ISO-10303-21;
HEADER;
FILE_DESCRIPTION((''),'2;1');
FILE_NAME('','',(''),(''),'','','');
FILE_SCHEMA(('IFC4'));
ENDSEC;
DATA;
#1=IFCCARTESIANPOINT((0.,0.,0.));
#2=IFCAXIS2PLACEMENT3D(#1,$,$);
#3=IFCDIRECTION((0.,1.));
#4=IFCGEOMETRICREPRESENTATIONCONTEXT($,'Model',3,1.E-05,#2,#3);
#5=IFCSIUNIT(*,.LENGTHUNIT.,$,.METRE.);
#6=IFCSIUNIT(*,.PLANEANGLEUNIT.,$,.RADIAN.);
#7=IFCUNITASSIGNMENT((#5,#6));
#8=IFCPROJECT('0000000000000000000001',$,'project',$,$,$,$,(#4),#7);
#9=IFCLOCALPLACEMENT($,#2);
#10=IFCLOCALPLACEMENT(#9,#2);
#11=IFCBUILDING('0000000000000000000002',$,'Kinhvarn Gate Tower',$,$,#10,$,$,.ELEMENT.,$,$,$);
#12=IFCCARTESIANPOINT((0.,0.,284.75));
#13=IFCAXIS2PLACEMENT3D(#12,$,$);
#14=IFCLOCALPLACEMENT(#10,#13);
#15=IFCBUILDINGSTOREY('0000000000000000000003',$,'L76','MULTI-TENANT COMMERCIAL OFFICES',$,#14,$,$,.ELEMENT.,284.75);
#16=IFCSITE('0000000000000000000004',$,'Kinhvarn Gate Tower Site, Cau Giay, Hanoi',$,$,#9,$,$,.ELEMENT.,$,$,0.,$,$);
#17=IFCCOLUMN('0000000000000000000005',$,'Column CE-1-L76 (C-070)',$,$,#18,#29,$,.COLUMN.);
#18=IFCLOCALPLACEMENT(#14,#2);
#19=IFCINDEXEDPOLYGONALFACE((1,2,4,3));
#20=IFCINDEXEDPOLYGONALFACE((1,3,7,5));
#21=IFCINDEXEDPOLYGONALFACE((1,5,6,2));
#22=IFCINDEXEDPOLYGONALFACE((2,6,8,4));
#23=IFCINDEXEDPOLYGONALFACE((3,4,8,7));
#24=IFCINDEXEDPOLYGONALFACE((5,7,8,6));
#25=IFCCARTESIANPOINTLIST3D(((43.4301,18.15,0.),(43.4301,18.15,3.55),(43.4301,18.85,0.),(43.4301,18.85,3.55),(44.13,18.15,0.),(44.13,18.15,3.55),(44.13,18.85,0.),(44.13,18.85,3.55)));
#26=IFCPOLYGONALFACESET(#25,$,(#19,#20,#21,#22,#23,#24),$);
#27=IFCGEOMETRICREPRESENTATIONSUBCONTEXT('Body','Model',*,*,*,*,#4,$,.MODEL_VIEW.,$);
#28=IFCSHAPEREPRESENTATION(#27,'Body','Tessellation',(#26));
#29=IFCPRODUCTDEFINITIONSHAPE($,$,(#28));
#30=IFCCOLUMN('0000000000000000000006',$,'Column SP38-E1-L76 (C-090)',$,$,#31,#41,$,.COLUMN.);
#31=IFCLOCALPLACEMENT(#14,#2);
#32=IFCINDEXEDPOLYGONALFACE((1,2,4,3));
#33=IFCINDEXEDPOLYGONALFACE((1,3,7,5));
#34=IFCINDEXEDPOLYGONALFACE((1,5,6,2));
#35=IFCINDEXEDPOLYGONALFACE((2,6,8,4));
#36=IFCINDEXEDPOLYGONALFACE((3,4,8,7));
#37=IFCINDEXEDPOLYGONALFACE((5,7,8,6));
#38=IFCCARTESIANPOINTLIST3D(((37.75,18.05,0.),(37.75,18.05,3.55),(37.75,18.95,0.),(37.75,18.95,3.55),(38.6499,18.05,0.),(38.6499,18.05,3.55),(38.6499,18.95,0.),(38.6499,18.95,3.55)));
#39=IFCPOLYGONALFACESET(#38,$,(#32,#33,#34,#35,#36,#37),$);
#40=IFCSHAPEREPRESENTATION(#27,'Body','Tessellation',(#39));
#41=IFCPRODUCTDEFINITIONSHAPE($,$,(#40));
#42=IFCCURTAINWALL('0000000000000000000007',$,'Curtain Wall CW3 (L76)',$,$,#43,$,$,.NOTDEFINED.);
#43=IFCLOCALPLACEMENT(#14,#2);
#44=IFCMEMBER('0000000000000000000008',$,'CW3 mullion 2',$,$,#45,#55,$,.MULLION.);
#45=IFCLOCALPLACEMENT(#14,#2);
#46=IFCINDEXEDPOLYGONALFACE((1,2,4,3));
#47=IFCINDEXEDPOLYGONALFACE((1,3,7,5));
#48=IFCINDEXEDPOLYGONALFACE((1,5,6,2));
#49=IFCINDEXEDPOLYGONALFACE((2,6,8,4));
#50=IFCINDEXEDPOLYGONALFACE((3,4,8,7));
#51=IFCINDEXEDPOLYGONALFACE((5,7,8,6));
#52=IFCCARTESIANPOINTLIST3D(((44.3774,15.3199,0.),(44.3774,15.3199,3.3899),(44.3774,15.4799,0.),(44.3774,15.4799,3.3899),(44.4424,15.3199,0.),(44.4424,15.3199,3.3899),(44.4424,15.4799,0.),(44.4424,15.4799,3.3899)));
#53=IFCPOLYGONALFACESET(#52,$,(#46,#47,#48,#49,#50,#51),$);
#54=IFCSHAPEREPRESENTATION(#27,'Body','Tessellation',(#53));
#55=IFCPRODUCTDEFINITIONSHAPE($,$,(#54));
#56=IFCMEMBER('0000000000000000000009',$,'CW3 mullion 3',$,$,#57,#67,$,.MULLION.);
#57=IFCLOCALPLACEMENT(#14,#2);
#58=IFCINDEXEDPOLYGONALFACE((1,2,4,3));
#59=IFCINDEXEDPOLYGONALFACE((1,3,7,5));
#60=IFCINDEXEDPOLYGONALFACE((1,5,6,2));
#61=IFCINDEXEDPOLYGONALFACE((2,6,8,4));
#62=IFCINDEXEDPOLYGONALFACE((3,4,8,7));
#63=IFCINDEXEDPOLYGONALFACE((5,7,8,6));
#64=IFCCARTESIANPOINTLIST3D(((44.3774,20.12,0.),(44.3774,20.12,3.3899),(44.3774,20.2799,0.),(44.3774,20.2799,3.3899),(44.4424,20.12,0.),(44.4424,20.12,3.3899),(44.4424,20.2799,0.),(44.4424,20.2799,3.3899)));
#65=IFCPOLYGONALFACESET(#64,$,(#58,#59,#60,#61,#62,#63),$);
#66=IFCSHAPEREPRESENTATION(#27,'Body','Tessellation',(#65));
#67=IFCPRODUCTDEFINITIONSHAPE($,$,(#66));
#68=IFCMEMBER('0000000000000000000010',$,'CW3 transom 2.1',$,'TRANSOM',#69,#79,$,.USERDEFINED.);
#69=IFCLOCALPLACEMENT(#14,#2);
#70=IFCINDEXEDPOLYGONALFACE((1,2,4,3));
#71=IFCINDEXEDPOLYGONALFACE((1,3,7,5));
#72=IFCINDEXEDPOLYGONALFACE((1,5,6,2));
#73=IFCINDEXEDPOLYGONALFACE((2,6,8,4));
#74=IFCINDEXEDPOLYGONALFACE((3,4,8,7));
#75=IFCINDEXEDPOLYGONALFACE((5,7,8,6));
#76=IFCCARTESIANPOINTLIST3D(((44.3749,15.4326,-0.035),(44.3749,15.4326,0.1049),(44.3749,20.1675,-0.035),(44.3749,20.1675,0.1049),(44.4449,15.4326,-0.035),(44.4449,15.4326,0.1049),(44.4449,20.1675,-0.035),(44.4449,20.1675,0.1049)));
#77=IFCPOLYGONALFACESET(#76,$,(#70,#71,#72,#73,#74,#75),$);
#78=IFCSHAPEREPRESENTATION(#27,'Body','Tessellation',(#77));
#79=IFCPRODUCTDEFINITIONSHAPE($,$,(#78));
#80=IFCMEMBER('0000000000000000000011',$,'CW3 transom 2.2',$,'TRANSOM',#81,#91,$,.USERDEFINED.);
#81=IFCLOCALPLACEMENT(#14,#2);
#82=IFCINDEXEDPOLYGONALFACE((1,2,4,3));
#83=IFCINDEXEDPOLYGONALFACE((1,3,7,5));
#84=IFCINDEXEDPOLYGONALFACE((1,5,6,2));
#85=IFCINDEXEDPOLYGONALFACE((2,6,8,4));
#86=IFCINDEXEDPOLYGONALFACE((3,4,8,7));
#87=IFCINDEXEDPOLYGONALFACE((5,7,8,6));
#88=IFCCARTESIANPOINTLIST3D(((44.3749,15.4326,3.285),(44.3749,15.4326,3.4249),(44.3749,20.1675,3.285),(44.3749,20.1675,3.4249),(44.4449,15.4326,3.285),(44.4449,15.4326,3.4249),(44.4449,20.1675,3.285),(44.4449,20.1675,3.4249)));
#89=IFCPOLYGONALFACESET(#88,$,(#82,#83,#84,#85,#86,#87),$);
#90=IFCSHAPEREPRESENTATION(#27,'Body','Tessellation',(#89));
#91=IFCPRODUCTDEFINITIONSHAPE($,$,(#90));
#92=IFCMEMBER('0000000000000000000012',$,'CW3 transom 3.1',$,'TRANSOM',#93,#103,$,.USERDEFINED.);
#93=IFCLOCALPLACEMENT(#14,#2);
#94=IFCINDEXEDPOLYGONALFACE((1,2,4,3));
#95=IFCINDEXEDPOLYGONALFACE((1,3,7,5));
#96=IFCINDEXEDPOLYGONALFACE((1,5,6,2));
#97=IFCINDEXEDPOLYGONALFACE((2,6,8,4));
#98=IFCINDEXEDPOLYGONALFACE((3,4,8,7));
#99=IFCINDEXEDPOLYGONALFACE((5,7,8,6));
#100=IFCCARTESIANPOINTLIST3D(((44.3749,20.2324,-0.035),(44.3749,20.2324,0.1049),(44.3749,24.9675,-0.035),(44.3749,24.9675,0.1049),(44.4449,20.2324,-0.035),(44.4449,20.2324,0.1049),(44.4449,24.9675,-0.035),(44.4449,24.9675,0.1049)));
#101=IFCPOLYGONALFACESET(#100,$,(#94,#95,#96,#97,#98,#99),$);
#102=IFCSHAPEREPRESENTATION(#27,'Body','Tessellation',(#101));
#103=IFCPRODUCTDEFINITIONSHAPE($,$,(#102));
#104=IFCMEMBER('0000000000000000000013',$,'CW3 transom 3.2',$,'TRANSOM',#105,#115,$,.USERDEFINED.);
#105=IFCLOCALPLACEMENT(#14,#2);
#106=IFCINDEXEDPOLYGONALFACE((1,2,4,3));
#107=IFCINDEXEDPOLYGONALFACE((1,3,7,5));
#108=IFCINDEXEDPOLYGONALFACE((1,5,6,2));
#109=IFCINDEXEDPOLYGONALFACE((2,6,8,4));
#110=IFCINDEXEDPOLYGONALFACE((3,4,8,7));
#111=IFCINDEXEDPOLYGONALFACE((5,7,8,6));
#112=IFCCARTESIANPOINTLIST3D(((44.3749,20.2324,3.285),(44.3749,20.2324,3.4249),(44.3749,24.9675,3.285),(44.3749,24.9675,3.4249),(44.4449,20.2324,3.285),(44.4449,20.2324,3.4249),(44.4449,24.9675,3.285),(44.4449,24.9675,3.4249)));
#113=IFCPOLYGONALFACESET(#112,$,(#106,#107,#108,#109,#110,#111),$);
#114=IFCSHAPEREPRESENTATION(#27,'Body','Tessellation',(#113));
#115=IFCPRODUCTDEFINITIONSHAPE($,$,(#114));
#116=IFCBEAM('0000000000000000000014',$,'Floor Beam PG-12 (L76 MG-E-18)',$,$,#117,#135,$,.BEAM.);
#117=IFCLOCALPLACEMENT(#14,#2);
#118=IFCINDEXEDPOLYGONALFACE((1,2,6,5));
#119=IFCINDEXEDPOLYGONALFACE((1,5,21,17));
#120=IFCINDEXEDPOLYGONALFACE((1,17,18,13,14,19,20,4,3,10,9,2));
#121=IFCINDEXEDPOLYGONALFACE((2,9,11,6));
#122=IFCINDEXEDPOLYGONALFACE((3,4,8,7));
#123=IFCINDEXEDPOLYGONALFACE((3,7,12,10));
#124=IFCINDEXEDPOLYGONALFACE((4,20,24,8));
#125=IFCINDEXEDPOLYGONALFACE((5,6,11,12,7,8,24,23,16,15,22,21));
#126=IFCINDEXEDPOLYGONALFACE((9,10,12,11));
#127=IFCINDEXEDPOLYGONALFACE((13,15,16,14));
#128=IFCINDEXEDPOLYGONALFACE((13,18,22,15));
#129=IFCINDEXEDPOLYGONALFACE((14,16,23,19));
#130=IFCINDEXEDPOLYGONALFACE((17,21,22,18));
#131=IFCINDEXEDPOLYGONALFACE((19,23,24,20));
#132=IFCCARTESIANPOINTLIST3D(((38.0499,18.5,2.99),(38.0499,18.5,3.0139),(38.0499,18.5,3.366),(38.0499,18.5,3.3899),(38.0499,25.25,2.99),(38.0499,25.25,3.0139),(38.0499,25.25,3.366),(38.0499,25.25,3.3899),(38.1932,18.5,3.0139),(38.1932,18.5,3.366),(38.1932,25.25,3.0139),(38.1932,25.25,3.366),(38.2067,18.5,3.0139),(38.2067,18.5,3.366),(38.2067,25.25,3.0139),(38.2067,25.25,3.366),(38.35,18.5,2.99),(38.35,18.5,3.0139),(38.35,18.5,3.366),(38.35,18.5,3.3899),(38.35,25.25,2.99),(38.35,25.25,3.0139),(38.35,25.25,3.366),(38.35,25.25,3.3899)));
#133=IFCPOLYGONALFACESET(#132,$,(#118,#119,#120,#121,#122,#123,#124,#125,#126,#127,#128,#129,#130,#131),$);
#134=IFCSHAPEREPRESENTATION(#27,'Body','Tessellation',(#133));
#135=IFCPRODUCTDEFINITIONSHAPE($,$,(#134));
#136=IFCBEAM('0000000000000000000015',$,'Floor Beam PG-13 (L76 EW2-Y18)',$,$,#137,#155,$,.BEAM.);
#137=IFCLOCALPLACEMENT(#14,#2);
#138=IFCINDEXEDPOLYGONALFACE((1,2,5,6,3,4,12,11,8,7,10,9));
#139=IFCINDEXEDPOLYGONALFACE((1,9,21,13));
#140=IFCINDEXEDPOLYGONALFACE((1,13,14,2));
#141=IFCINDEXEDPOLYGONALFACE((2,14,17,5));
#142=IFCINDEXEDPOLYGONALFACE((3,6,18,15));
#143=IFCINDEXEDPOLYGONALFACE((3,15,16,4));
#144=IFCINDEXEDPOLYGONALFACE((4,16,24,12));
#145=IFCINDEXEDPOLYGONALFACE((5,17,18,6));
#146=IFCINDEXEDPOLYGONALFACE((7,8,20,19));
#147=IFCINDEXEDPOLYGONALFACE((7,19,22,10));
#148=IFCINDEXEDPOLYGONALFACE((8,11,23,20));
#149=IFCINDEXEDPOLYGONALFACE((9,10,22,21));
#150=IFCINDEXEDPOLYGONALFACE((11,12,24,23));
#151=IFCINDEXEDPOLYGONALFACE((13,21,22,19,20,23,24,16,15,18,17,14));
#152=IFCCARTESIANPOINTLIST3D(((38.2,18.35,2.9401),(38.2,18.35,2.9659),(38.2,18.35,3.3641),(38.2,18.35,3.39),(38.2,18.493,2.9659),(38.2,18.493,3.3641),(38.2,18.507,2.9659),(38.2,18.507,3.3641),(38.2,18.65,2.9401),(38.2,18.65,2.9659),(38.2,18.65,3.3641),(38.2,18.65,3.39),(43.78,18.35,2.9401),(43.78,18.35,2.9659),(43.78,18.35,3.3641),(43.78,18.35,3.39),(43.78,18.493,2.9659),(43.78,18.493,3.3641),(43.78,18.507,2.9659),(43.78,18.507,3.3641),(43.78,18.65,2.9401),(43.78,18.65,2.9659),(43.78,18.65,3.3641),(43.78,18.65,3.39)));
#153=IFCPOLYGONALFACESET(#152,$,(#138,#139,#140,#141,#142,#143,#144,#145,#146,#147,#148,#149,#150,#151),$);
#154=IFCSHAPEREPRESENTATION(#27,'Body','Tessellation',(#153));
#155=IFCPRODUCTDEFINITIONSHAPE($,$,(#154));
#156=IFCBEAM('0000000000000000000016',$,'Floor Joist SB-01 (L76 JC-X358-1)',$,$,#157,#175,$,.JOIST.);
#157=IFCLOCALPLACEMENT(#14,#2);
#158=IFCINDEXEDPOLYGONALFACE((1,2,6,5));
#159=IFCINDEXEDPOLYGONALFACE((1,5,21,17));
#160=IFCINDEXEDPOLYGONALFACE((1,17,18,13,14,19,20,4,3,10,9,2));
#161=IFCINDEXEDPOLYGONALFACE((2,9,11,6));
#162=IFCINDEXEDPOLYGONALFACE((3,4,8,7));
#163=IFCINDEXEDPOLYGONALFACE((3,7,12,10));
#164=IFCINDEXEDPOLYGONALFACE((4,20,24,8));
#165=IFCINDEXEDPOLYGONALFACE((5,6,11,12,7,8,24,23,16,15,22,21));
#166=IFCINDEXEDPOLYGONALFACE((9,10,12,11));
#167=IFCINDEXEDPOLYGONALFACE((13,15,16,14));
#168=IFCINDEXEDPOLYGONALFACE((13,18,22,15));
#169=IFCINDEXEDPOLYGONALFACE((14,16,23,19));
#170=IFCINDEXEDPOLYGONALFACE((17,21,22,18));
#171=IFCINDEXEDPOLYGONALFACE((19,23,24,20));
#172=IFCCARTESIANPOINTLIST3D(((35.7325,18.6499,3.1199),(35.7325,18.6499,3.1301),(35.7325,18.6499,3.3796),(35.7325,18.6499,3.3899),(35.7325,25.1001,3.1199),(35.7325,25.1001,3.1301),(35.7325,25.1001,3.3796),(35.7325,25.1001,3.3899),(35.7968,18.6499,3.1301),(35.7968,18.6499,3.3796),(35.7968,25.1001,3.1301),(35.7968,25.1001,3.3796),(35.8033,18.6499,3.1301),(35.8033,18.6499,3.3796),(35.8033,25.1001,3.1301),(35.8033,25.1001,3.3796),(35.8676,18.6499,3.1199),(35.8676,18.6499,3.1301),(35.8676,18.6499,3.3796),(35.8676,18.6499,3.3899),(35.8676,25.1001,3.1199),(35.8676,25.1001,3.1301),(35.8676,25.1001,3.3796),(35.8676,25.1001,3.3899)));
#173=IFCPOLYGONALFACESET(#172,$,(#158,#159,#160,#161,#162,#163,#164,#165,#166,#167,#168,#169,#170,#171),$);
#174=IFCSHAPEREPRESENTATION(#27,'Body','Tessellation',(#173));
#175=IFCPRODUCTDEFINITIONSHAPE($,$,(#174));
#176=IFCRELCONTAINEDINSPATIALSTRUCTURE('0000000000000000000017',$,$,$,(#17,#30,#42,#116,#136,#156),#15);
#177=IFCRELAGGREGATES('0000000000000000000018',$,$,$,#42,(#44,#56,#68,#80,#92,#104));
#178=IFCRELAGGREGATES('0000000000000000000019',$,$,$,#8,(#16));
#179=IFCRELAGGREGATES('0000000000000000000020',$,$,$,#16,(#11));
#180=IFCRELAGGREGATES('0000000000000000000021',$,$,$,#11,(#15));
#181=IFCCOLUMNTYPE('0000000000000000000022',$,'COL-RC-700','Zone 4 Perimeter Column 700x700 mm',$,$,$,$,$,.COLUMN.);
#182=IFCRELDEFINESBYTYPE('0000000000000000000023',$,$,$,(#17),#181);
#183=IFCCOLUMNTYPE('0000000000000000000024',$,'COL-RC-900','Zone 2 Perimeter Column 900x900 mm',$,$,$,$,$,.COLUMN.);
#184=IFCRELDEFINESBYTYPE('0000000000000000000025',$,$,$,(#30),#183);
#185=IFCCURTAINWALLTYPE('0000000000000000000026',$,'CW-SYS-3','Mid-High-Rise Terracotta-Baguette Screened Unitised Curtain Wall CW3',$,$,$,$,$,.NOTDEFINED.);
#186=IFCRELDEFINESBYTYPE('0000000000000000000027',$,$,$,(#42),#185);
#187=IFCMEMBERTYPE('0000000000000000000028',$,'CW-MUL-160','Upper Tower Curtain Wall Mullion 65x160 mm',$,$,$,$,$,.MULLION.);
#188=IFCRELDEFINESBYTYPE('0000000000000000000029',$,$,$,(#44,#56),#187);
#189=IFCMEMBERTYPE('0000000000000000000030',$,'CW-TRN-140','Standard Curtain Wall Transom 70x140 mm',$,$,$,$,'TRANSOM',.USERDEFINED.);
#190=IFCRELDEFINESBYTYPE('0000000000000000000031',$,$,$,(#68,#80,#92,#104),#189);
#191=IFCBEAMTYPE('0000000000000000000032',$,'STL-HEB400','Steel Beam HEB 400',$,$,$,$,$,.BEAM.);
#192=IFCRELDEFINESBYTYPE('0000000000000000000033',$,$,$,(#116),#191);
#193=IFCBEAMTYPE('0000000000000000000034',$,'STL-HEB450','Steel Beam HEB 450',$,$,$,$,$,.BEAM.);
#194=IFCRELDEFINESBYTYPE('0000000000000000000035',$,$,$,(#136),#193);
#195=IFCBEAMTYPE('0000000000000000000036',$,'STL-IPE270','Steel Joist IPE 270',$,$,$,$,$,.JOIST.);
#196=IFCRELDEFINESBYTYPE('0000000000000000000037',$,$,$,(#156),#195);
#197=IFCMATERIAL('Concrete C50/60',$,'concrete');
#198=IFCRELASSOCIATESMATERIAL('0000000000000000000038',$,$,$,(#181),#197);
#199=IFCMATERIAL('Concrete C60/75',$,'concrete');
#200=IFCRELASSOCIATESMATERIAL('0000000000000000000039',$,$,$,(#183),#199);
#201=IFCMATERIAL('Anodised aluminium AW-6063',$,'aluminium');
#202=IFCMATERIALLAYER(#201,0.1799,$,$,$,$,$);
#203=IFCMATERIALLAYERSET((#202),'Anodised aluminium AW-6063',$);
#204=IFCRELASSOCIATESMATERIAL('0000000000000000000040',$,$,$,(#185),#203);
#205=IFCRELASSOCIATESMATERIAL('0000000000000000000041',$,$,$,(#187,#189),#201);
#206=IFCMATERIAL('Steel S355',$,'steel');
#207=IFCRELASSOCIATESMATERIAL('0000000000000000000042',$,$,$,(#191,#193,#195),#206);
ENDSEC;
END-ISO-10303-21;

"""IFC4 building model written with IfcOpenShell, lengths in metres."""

from ifc_helpers import new_model, si_unit, direction, frame, origin, origin_2d, place, context, subcontext, project, spatial, rectangle, i_section, extrude, material, layer, layer_set, material_profile, profile_set, type_object, element, aggregate, save


model = new_model("IFC4")

# Units and contexts
model_context = context("Model", 3, precision=1e-05, world=origin(), true_north=direction((0.0, 1.0)))
body_context = subcontext(model_context, "Body", "Model", "MODEL_VIEW")
ifc_project = project(units=[si_unit("LENGTHUNIT", "METRE"), si_unit("PLANEANGLEUNIT", "RADIAN")], contexts=[model_context])

# Site, building, storey
site_placement = place(None, origin())
site = spatial("IfcSite", under=ifc_project, at=site_placement, Name="Kinhvarn Gate Tower Site, Cau Giay, Hanoi", CompositionType="ELEMENT", RefElevation=0.0)
building_placement = place(site_placement, origin())
building = spatial("IfcBuilding", under=site, at=building_placement, Name="Kinhvarn Gate Tower", CompositionType="ELEMENT")
storey_placement = place(building_placement, frame((0.0, 0.0, 284.75)))
storey = spatial("IfcBuildingStorey", under=building, at=storey_placement, Name="L76", Description="MULTI-TENANT COMMERCIAL OFFICES", CompositionType="ELEMENT", Elevation=284.75)

# Columns
ifc_material_1 = material(Name="Concrete C50/60", Category="concrete")
ifc_material_profile_1 = material_profile(ifc_material_1, rectangle(XDim=0.7, YDim=0.7, at=origin_2d()), Name="RC 700x700")
ifc_profile_set_1 = profile_set([ifc_material_profile_1], Name="Concrete C50/60")
column_type_1 = type_object("IfcColumnType", Name="COL-RC-700", Description="Zone 4 Perimeter Column 700x700 mm", PredefinedType="COLUMN", material=ifc_profile_set_1)
column_1_placement = place(storey_placement, frame((43.78, 18.5, 0.0), z_axis=(0.0, 0.0, 1.0), x_axis=(1.0, 0.0, 0.0)))
element("IfcColumn", 1, at=column_1_placement, inside=storey, type_object=column_type_1, Name="Column CE-1-L76 (C-070)", PredefinedType="COLUMN", context=body_context, shape_type="SweptSolid", body=[
    extrude(rectangle(XDim=0.7, YDim=0.7, at=origin_2d()), origin(), (0.0, 0.0, 1.0), 3.55),
])
ifc_material_2 = material(Name="Concrete C60/75", Category="concrete")
ifc_material_profile_2 = material_profile(ifc_material_2, rectangle(XDim=0.8999, YDim=0.8999, at=origin_2d()), Name="RC 900x900")
ifc_profile_set_2 = profile_set([ifc_material_profile_2], Name="Concrete C60/75")
column_type_2 = type_object("IfcColumnType", Name="COL-RC-900", Description="Zone 2 Perimeter Column 900x900 mm", PredefinedType="COLUMN", material=ifc_profile_set_2)
column_2_placement = place(storey_placement, frame((38.2, 18.5, 0.0), z_axis=(0.0, 0.0, 1.0), x_axis=(1.0, 0.0, 0.0)))
element("IfcColumn", 2, at=column_2_placement, inside=storey, type_object=column_type_2, Name="Column SP38-E1-L76 (C-090)", PredefinedType="COLUMN", context=body_context, shape_type="SweptSolid", body=[
    extrude(rectangle(XDim=0.8999, YDim=0.8999, at=origin_2d()), origin(), (0.0, 0.0, 1.0), 3.55),
])

# Curtain wall, members
ifc_material_3 = material(Name="Anodised aluminium AW-6063", Category="aluminium")
ifc_layer_1 = layer(ifc_material_3, 0.1799)
ifc_layer_set_1 = layer_set([ifc_layer_1], Name="Anodised aluminium AW-6063")
curtain_wall_type = type_object("IfcCurtainWallType", Name="CW-SYS-3", Description="Mid-High-Rise Terracotta-Baguette Screened Unitised Curtain Wall CW3", PredefinedType="NOTDEFINED", material=ifc_layer_set_1)
curtain_wall_placement = place(storey_placement, origin())
curtain_wall = element("IfcCurtainWall", 3, at=curtain_wall_placement, inside=storey, type_object=curtain_wall_type, Name="Curtain Wall CW3 (L76)", PredefinedType="NOTDEFINED")
ifc_material_profile_3 = material_profile(ifc_material_3, rectangle(XDim=0.0649, YDim=0.1599, at=origin_2d()), Name="ALU 65x160")
ifc_profile_set_3 = profile_set([ifc_material_profile_3], Name="Anodised aluminium AW-6063")
member_type_1 = type_object("IfcMemberType", Name="CW-MUL-160", Description="Upper Tower Curtain Wall Mullion 65x160 mm", PredefinedType="MULLION", material=ifc_profile_set_3)
member_1_placement = place(storey_placement, frame((44.4099, 15.3999, 0.0), z_axis=(0.0, 0.0, 1.0), x_axis=(-1.0, 0.0, 0.0)))
member_1 = element("IfcMember", 4, at=member_1_placement, type_object=member_type_1, Name="CW3 mullion 2", PredefinedType="MULLION", context=body_context, shape_type="SweptSolid", body=[
    extrude(rectangle(XDim=0.0649, YDim=0.1599, at=origin_2d()), origin(), (0.0, 0.0, 1.0), 3.3899),
])
member_2_placement = place(storey_placement, frame((44.4099, 20.2, 0.0), z_axis=(0.0, 0.0, 1.0), x_axis=(-1.0, 0.0, 0.0)))
member_2 = element("IfcMember", 5, at=member_2_placement, type_object=member_type_1, Name="CW3 mullion 3", PredefinedType="MULLION", context=body_context, shape_type="SweptSolid", body=[
    extrude(rectangle(XDim=0.0649, YDim=0.1599, at=origin_2d()), origin(), (0.0, 0.0, 1.0), 3.3899),
])
ifc_material_profile_4 = material_profile(ifc_material_3, rectangle(XDim=0.0701, YDim=0.1399, at=origin_2d()), Name="ALU 70x140")
ifc_profile_set_4 = profile_set([ifc_material_profile_4], Name="Anodised aluminium AW-6063")
member_type_2 = type_object("IfcMemberType", Name="CW-TRN-140", Description="Standard Curtain Wall Transom 70x140 mm", ElementType="TRANSOM", PredefinedType="USERDEFINED", material=ifc_profile_set_4)
member_3_placement = place(storey_placement, frame((44.4099, 15.4326, 0.0349), z_axis=(0.0, 1.0, 0.0), x_axis=(-1.0, 0.0, 0.0)))
member_3 = element("IfcMember", 6, at=member_3_placement, type_object=member_type_2, Name="CW3 transom 2.1", ObjectType="TRANSOM", PredefinedType="USERDEFINED", context=body_context, shape_type="SweptSolid", body=[
    extrude(rectangle(XDim=0.0701, YDim=0.1399, at=origin_2d()), origin(), (0.0, 0.0, 1.0), 4.7349),
])
member_4_placement = place(storey_placement, frame((44.4099, 15.4326, 3.355), z_axis=(0.0, 1.0, 0.0), x_axis=(-1.0, 0.0, 0.0)))
member_4 = element("IfcMember", 7, at=member_4_placement, type_object=member_type_2, Name="CW3 transom 2.2", ObjectType="TRANSOM", PredefinedType="USERDEFINED", context=body_context, shape_type="SweptSolid", body=[
    extrude(rectangle(XDim=0.0701, YDim=0.1399, at=origin_2d()), origin(), (0.0, 0.0, 1.0), 4.7349),
])
member_5_placement = place(storey_placement, frame((44.4099, 20.2324, 0.0349), z_axis=(0.0, 1.0, 0.0), x_axis=(-1.0, 0.0, 0.0)))
member_5 = element("IfcMember", 8, at=member_5_placement, type_object=member_type_2, Name="CW3 transom 3.1", ObjectType="TRANSOM", PredefinedType="USERDEFINED", context=body_context, shape_type="SweptSolid", body=[
    extrude(rectangle(XDim=0.0701, YDim=0.1399, at=origin_2d()), origin(), (0.0, 0.0, 1.0), 4.7351),
])
member_6_placement = place(storey_placement, frame((44.4099, 20.2324, 3.355), z_axis=(0.0, 1.0, 0.0), x_axis=(-1.0, 0.0, 0.0)))
member_6 = element("IfcMember", 9, at=member_6_placement, type_object=member_type_2, Name="CW3 transom 3.2", ObjectType="TRANSOM", PredefinedType="USERDEFINED", context=body_context, shape_type="SweptSolid", body=[
    extrude(rectangle(XDim=0.0701, YDim=0.1399, at=origin_2d()), origin(), (0.0, 0.0, 1.0), 4.7351),
])

# Beams
ifc_material_4 = material(Name="Steel S355", Category="steel")
ifc_material_profile_5 = material_profile(ifc_material_4, i_section(OverallWidth=0.3, OverallDepth=0.3999, WebThickness=0.0134, FlangeThickness=0.0239, at=origin_2d()), Name="HEB 400")
ifc_profile_set_5 = profile_set([ifc_material_profile_5], Name="Steel S355")
beam_type_1 = type_object("IfcBeamType", Name="STL-HEB400", Description="Steel Beam HEB 400", PredefinedType="BEAM", material=ifc_profile_set_5)
beam_1_placement = place(storey_placement, frame((38.2, 18.5, 3.1899), z_axis=(0.0, 1.0, 0.0), x_axis=(-1.0, 0.0, 0.0)))
element("IfcBeam", 10, at=beam_1_placement, inside=storey, type_object=beam_type_1, Name="Floor Beam PG-12 (L76 MG-E-18)", PredefinedType="BEAM", context=body_context, shape_type="SweptSolid", body=[
    extrude(i_section(OverallWidth=0.3, OverallDepth=0.3999, WebThickness=0.0134, FlangeThickness=0.0239, at=origin_2d()), origin(), (0.0, 0.0, 1.0), 6.75),
])
ifc_material_profile_6 = material_profile(ifc_material_4, i_section(OverallWidth=0.3, OverallDepth=0.45, WebThickness=0.0139, FlangeThickness=0.0259, at=origin_2d()), Name="HEB 450")
ifc_profile_set_6 = profile_set([ifc_material_profile_6], Name="Steel S355")
beam_type_2 = type_object("IfcBeamType", Name="STL-HEB450", Description="Steel Beam HEB 450", PredefinedType="BEAM", material=ifc_profile_set_6)
beam_2_placement = place(storey_placement, frame((38.2, 18.5, 3.165), z_axis=(1.0, 0.0, 0.0), x_axis=(0.0, 1.0, 0.0)))
element("IfcBeam", 11, at=beam_2_placement, inside=storey, type_object=beam_type_2, Name="Floor Beam PG-13 (L76 EW2-Y18)", PredefinedType="BEAM", context=body_context, shape_type="SweptSolid", body=[
    extrude(i_section(OverallWidth=0.3, OverallDepth=0.45, WebThickness=0.0139, FlangeThickness=0.0259, at=origin_2d()), origin(), (0.0, 0.0, 1.0), 5.5801),
])
ifc_material_profile_7 = material_profile(ifc_material_4, i_section(OverallWidth=0.135, OverallDepth=0.27, WebThickness=0.0066, FlangeThickness=0.0103, at=origin_2d()), Name="IPE 270")
ifc_profile_set_7 = profile_set([ifc_material_profile_7], Name="Steel S355")
beam_type_3 = type_object("IfcBeamType", Name="STL-IPE270", Description="Steel Joist IPE 270", PredefinedType="JOIST", material=ifc_profile_set_7)
for number, where, z_axis, x_axis, name in (
    (12, (35.8, 18.6499, 3.2549), (0.0, 1.0, 0.0), (-1.0, 0.0, 0.0), "Floor Joist SB-01 (L76 JC-X358-1)"),
):
    element("IfcBeam", number, at=place(storey_placement, frame(where, z_axis=z_axis, x_axis=x_axis)), inside=storey, type_object=beam_type_3, Name=name, PredefinedType="JOIST", context=body_context, shape_type="SweptSolid", body=[
        extrude(i_section(OverallWidth=0.135, OverallDepth=0.27, WebThickness=0.0066, FlangeThickness=0.0103, at=origin_2d()), origin(), (0.0, 0.0, 1.0), 6.4502),
    ])

aggregate(curtain_wall, [member_1, member_2, member_3, member_4, member_5, member_6])

save(model, "model.ifc")
